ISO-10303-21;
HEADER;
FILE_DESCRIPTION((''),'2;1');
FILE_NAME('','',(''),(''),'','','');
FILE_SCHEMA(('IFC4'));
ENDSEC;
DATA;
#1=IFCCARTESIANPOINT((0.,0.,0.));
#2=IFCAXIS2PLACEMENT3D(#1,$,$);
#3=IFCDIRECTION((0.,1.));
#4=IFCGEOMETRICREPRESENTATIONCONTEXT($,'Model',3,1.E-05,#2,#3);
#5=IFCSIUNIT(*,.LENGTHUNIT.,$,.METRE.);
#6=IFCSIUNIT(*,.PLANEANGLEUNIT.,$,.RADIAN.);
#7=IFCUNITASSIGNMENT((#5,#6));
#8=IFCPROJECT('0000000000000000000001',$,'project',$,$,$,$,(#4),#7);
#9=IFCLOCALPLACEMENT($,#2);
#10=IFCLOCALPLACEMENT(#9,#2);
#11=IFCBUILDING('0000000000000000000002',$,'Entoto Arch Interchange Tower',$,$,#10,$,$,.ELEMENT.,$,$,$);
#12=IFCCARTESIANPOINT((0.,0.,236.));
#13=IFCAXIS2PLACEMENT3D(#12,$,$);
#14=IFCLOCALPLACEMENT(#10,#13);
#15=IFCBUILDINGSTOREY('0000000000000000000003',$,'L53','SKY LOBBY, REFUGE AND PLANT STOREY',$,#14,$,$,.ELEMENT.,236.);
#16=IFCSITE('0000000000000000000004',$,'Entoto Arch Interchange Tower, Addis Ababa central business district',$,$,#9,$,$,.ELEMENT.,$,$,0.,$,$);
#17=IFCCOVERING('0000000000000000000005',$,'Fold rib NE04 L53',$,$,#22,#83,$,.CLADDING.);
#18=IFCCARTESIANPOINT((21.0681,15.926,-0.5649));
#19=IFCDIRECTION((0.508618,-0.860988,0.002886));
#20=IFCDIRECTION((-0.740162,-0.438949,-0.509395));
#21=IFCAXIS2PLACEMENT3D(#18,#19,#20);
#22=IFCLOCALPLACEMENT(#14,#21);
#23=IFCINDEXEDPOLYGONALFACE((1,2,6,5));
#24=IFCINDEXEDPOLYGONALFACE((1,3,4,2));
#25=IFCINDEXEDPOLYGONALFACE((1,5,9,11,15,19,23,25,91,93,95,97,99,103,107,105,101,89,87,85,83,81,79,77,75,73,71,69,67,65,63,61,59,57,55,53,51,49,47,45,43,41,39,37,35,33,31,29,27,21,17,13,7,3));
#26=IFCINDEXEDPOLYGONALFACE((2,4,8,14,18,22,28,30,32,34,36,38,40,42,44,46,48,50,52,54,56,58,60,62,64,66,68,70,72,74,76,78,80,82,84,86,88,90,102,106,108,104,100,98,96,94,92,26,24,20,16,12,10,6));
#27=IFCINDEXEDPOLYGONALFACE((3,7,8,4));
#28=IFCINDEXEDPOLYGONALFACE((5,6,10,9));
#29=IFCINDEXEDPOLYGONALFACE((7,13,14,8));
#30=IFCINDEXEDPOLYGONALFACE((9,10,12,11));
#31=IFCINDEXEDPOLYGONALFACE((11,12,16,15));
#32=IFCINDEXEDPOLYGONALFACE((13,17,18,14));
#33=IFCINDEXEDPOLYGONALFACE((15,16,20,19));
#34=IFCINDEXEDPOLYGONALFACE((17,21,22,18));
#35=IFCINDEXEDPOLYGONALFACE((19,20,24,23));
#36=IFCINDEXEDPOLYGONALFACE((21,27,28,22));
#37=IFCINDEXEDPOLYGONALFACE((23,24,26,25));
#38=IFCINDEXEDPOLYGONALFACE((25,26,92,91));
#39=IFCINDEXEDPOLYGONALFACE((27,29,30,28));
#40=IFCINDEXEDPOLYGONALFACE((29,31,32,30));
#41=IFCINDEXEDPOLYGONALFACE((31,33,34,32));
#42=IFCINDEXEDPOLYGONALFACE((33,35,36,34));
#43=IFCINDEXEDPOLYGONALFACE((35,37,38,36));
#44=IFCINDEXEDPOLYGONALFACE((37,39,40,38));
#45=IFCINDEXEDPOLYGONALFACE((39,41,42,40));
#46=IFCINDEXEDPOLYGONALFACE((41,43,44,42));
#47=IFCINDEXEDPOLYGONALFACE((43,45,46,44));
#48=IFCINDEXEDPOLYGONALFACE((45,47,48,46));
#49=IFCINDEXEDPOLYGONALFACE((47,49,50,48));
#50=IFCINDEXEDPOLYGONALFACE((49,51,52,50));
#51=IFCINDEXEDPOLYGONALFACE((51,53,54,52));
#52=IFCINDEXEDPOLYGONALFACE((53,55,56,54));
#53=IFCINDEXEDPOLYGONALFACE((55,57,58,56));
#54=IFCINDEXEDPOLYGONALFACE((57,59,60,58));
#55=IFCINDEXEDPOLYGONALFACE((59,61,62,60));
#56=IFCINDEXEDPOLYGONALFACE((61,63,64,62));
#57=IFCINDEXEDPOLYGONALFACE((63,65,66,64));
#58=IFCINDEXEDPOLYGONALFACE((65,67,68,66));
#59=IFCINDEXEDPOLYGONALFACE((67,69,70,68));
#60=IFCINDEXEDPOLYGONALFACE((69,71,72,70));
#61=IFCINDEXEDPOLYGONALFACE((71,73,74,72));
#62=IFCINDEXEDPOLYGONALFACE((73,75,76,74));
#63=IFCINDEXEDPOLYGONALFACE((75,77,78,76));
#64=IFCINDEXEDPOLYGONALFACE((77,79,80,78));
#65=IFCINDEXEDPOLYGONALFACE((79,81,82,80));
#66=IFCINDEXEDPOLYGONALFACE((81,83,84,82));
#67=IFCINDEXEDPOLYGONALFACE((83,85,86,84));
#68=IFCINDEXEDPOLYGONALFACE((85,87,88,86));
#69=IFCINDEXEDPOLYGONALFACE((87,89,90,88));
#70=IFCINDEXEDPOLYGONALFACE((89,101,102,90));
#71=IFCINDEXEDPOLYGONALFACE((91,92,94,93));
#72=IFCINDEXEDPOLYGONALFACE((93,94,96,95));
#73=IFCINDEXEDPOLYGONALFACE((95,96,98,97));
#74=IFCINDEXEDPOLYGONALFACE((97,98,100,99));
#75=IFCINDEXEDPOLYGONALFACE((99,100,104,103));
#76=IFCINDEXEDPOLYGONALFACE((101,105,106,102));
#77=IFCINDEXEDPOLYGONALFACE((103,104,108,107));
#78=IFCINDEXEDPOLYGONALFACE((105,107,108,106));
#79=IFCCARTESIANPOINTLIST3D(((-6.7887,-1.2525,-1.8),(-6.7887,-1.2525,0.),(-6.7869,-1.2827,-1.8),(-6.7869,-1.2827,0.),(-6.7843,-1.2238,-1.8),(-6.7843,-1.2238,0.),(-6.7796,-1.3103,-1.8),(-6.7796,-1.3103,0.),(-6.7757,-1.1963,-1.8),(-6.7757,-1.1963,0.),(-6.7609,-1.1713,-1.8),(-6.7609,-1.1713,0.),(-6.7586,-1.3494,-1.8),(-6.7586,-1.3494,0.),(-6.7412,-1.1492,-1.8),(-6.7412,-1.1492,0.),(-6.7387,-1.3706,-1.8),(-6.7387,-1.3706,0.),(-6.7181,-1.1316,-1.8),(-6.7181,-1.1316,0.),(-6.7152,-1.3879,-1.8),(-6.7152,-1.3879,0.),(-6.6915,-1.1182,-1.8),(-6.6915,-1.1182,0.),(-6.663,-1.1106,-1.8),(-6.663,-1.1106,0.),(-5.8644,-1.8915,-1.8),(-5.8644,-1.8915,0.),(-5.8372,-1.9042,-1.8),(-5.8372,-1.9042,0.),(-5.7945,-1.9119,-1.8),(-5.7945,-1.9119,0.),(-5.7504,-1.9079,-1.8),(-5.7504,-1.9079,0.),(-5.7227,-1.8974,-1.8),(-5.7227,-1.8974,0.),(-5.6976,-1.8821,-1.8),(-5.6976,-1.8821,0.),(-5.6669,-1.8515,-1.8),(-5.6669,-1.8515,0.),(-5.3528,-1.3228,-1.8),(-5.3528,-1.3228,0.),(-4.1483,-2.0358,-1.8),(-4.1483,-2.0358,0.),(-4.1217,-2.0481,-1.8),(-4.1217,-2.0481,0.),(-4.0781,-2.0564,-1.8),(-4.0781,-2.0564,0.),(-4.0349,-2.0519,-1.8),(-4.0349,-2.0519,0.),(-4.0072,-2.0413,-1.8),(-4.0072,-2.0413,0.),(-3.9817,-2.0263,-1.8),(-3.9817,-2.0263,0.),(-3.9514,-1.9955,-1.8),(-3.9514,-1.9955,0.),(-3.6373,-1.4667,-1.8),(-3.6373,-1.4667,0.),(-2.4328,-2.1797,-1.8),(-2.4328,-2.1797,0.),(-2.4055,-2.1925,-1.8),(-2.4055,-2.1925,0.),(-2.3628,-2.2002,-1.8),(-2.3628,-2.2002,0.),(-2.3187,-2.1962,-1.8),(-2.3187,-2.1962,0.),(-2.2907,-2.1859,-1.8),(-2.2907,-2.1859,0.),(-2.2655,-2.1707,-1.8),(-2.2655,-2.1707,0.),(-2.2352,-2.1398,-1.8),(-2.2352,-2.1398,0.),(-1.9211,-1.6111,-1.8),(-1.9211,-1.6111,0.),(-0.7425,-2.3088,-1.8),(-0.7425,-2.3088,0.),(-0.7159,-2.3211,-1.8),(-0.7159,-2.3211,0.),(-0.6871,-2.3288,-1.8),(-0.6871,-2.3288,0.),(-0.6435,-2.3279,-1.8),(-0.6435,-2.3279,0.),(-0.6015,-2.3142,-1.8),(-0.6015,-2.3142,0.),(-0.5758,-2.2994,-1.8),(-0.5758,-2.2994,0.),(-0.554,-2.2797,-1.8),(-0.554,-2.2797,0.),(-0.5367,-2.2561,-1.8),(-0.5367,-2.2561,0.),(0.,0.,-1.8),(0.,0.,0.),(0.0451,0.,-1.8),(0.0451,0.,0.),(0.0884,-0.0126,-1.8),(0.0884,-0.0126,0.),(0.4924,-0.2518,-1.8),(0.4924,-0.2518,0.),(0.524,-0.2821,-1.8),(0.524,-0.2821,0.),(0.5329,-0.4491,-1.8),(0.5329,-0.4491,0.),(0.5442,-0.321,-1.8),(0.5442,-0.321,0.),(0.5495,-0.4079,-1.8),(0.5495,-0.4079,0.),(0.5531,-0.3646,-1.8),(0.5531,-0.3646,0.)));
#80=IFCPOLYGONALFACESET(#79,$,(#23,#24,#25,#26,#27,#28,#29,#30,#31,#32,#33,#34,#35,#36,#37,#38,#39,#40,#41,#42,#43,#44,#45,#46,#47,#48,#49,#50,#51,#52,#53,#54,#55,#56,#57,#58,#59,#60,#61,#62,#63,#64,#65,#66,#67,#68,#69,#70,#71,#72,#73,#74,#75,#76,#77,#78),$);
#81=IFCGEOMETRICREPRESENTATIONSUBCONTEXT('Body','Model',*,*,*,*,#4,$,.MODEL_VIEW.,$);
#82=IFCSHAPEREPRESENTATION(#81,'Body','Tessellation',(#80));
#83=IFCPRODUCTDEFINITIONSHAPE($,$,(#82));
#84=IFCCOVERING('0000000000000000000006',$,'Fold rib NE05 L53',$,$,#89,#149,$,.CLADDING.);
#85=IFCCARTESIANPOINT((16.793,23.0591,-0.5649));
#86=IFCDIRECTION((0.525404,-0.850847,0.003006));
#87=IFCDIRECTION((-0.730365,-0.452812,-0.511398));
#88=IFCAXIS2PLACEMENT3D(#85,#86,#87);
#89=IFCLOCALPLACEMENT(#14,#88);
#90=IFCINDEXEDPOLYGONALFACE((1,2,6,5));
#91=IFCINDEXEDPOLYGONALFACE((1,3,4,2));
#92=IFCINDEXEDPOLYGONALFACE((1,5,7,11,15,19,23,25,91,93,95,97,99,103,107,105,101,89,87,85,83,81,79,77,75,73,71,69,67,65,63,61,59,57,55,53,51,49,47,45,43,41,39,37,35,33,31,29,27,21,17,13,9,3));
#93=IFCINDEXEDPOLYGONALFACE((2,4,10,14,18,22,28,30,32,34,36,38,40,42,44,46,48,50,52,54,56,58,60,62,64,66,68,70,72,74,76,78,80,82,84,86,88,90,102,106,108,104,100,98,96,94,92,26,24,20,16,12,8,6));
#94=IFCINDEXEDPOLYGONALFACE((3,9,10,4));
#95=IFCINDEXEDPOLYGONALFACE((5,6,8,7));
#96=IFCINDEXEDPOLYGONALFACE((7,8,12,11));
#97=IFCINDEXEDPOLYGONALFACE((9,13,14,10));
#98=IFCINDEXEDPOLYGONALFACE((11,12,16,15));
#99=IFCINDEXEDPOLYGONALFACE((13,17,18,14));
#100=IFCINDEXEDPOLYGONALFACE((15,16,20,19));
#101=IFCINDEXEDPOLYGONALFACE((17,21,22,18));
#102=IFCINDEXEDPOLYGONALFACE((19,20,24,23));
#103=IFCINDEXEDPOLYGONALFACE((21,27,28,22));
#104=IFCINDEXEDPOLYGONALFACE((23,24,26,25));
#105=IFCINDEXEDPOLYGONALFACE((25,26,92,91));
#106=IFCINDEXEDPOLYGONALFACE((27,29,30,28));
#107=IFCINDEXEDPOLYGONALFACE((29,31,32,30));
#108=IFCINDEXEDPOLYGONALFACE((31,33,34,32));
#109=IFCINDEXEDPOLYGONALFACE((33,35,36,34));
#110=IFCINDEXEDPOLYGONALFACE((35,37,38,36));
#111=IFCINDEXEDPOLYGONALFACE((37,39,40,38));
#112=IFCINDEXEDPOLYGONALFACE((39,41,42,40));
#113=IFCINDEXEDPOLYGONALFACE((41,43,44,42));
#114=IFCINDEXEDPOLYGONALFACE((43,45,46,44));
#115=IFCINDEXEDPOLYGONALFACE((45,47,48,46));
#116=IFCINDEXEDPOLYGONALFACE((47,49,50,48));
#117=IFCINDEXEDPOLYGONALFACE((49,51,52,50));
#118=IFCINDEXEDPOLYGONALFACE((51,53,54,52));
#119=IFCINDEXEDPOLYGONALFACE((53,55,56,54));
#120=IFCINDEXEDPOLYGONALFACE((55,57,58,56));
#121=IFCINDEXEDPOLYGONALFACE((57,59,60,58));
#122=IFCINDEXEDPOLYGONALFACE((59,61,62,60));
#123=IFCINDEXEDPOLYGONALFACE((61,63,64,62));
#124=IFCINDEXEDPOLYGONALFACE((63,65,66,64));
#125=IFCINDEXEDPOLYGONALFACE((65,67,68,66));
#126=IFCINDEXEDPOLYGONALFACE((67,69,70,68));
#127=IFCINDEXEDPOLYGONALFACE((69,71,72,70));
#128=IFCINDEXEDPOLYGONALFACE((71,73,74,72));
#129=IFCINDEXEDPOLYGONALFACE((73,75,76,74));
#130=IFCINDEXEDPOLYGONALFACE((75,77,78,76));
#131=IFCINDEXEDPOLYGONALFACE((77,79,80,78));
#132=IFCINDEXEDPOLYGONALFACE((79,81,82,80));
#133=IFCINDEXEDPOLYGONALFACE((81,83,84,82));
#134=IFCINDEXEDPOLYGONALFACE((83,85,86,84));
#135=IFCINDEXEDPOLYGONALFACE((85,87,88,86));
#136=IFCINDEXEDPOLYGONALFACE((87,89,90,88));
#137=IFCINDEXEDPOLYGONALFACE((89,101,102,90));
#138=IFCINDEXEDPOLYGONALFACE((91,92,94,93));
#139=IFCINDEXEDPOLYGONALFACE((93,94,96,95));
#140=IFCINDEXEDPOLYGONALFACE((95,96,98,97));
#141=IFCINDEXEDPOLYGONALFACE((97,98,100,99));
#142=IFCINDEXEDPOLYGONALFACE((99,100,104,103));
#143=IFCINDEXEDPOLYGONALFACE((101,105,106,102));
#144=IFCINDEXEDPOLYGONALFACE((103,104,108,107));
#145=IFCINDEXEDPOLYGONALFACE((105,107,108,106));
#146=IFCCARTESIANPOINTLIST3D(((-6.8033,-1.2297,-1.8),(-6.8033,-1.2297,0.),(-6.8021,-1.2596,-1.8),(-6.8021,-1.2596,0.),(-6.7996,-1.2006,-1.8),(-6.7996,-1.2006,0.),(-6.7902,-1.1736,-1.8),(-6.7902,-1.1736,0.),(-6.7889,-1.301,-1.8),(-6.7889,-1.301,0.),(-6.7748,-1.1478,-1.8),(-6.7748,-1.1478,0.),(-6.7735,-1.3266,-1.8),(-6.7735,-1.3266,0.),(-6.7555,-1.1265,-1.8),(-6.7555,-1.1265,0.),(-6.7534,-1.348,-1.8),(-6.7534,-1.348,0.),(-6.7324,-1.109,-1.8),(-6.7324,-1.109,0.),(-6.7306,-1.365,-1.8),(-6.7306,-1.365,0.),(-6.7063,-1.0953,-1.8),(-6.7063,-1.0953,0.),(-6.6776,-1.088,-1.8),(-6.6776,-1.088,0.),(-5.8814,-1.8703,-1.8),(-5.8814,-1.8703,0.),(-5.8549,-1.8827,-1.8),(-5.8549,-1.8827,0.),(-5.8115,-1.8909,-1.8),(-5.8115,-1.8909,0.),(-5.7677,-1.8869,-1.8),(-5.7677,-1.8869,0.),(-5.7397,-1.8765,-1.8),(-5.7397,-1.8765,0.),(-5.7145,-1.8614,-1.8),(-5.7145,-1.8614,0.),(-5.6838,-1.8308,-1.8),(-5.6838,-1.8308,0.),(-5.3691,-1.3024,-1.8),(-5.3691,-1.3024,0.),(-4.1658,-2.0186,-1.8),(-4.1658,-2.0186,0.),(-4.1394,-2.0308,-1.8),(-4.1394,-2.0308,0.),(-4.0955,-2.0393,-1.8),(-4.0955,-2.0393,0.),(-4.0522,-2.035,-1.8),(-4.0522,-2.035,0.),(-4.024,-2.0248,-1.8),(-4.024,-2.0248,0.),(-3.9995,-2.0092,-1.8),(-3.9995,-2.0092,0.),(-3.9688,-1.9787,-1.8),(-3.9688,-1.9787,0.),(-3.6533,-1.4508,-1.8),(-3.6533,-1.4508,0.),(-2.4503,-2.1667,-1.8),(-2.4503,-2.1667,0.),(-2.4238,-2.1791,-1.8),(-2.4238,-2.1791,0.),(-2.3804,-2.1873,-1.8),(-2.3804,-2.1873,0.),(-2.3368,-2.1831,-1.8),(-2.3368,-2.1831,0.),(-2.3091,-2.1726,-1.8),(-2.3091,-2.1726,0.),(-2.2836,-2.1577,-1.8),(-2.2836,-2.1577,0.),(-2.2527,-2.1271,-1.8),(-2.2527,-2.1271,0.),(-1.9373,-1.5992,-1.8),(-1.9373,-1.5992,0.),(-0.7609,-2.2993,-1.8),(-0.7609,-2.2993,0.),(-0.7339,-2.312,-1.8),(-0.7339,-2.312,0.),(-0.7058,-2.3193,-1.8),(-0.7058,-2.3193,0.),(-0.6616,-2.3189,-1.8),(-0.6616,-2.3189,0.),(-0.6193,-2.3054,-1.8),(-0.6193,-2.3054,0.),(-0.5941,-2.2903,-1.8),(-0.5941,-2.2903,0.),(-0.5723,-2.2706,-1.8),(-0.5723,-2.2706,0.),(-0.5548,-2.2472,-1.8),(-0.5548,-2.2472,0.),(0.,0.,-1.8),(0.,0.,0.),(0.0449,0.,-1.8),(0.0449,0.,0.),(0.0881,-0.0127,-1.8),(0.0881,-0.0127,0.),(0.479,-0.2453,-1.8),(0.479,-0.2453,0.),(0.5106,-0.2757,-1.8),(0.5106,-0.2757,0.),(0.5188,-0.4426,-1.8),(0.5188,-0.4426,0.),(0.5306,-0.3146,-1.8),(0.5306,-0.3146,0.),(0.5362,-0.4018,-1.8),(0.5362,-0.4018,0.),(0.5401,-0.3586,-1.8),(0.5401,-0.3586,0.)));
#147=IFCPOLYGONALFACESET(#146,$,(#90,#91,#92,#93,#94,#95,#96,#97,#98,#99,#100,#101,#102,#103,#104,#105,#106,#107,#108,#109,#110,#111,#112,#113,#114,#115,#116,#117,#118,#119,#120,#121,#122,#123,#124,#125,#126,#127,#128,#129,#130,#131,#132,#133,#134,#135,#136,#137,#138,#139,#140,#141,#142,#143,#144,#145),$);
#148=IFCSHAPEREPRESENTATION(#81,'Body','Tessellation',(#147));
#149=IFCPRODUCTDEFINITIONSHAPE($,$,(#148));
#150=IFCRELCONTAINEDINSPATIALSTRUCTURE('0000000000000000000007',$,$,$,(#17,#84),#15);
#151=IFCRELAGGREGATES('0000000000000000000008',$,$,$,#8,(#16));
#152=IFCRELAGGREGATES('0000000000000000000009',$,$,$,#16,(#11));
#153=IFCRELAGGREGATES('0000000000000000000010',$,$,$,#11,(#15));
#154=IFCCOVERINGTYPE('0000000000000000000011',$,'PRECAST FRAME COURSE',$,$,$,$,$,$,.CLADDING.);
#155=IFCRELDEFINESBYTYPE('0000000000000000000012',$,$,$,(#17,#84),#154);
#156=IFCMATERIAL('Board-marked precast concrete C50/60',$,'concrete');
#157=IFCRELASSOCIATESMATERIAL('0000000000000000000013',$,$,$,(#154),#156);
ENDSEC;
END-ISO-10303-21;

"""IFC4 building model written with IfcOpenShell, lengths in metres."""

from ifc_helpers import new_model, si_unit, direction, frame, origin, place, context, subcontext, project, spatial, polyline, outline, extrude, material, type_object, element, save


model = new_model("IFC4")

# Units and contexts
model_context = context("Model", 3, precision=1e-05, world=origin(), true_north=direction((0.0, 1.0)))
body_context = subcontext(model_context, "Body", "Model", "MODEL_VIEW")
ifc_project = project(units=[si_unit("LENGTHUNIT", "METRE"), si_unit("PLANEANGLEUNIT", "RADIAN")], contexts=[model_context])

# Site, building, storey
site_placement = place(None, origin())
site = spatial("IfcSite", under=ifc_project, at=site_placement, Name="Entoto Arch Interchange Tower, Addis Ababa central business district", CompositionType="ELEMENT", RefElevation=0.0)
building_placement = place(site_placement, origin())
building = spatial("IfcBuilding", under=site, at=building_placement, Name="Entoto Arch Interchange Tower", CompositionType="ELEMENT")
storey_placement = place(building_placement, frame((0.0, 0.0, 236.0)))
storey = spatial("IfcBuildingStorey", under=building, at=storey_placement, Name="L53", Description="SKY LOBBY, REFUGE AND PLANT STOREY", CompositionType="ELEMENT", Elevation=236.0)

# Shared definitions
ifc_material_1 = material(Name="Board-marked precast concrete C50/60", Category="concrete")

# Coverings
covering_type = type_object("IfcCoveringType", Name="PRECAST FRAME COURSE", PredefinedType="CLADDING", material=ifc_material_1)
covering_1_placement = place(storey_placement, frame((21.0681, 15.926, -0.5649), z_axis=(0.508618, -0.860988, 0.002886), x_axis=(-0.740162, -0.438949, -0.509395)))
element("IfcCovering", 1, at=covering_1_placement, inside=storey, type_object=covering_type, Name="Fold rib NE04 L53", PredefinedType="CLADDING", context=body_context, shape_type="SweptSolid", body=[
    extrude(outline(polyline([(0.0, 0.0), (0.0451, 0.0), (0.0884, -0.0126), (0.4924, -0.2518), (0.524, -0.2821), (0.5442, -0.321), (0.5531, -0.3646), (0.5495, -0.4079), (0.5329, -0.4491), (-0.5367, -2.2561), (-0.554, -2.2797), (-0.5758, -2.2994), (-0.6015, -2.3142), (-0.6435, -2.3279), (-0.6871, -2.3288), (-0.7159, -2.3211), (-0.7425, -2.3088), (-1.9211, -1.6111), (-2.2352, -2.1398), (-2.2655, -2.1707), (-2.2907, -2.1859), (-2.3187, -2.1962), (-2.3628, -2.2002), (-2.4055, -2.1925), (-2.4328, -2.1797), (-3.6373, -1.4667), (-3.9514, -1.9955), (-3.9817, -2.0263), (-4.0072, -2.0413), (-4.0349, -2.0519), (-4.0781, -2.0564), (-4.1217, -2.0481), (-4.1483, -2.0358), (-5.3528, -1.3228), (-5.6669, -1.8515), (-5.6976, -1.8821), (-5.7227, -1.8974), (-5.7504, -1.9079), (-5.7945, -1.9119), (-5.8372, -1.9042), (-5.8644, -1.8915), (-6.7152, -1.3879), (-6.7387, -1.3706), (-6.7586, -1.3494), (-6.7796, -1.3103), (-6.7869, -1.2827), (-6.7887, -1.2525), (-6.7843, -1.2238), (-6.7757, -1.1963), (-6.7609, -1.1713), (-6.7412, -1.1492), (-6.7181, -1.1316), (-6.6915, -1.1182), (-6.663, -1.1106), (0.0, 0.0)])), origin(), (0.0, 0.0, -1.0), 1.8),
])
covering_2_placement = place(storey_placement, frame((16.793, 23.0591, -0.5649), z_axis=(0.525404, -0.850847, 0.003006), x_axis=(-0.730365, -0.452812, -0.511398)))
element("IfcCovering", 2, at=covering_2_placement, inside=storey, type_object=covering_type, Name="Fold rib NE05 L53", PredefinedType="CLADDING", context=body_context, shape_type="SweptSolid", body=[
    extrude(outline(polyline([(0.0, 0.0), (0.0449, 0.0), (0.0881, -0.0127), (0.479, -0.2453), (0.5106, -0.2757), (0.5306, -0.3146), (0.5401, -0.3586), (0.5362, -0.4018), (0.5188, -0.4426), (-0.5548, -2.2472), (-0.5723, -2.2706), (-0.5941, -2.2903), (-0.6193, -2.3054), (-0.6616, -2.3189), (-0.7058, -2.3193), (-0.7339, -2.312), (-0.7609, -2.2993), (-1.9373, -1.5992), (-2.2527, -2.1271), (-2.2836, -2.1577), (-2.3091, -2.1726), (-2.3368, -2.1831), (-2.3804, -2.1873), (-2.4238, -2.1791), (-2.4503, -2.1667), (-3.6533, -1.4508), (-3.9688, -1.9787), (-3.9995, -2.0092), (-4.024, -2.0248), (-4.0522, -2.035), (-4.0955, -2.0393), (-4.1394, -2.0308), (-4.1658, -2.0186), (-5.3691, -1.3024), (-5.6838, -1.8308), (-5.7145, -1.8614), (-5.7397, -1.8765), (-5.7677, -1.8869), (-5.8115, -1.8909), (-5.8549, -1.8827), (-5.8814, -1.8703), (-6.7306, -1.365), (-6.7534, -1.348), (-6.7735, -1.3266), (-6.7889, -1.301), (-6.8021, -1.2596), (-6.8033, -1.2297), (-6.7996, -1.2006), (-6.7902, -1.1736), (-6.7748, -1.1478), (-6.7555, -1.1265), (-6.7324, -1.109), (-6.7063, -1.0953), (-6.6776, -1.088), (0.0, 0.0)])), origin(), (0.0, 0.0, -1.0), 1.8),
])

save(model, "model.ifc")
